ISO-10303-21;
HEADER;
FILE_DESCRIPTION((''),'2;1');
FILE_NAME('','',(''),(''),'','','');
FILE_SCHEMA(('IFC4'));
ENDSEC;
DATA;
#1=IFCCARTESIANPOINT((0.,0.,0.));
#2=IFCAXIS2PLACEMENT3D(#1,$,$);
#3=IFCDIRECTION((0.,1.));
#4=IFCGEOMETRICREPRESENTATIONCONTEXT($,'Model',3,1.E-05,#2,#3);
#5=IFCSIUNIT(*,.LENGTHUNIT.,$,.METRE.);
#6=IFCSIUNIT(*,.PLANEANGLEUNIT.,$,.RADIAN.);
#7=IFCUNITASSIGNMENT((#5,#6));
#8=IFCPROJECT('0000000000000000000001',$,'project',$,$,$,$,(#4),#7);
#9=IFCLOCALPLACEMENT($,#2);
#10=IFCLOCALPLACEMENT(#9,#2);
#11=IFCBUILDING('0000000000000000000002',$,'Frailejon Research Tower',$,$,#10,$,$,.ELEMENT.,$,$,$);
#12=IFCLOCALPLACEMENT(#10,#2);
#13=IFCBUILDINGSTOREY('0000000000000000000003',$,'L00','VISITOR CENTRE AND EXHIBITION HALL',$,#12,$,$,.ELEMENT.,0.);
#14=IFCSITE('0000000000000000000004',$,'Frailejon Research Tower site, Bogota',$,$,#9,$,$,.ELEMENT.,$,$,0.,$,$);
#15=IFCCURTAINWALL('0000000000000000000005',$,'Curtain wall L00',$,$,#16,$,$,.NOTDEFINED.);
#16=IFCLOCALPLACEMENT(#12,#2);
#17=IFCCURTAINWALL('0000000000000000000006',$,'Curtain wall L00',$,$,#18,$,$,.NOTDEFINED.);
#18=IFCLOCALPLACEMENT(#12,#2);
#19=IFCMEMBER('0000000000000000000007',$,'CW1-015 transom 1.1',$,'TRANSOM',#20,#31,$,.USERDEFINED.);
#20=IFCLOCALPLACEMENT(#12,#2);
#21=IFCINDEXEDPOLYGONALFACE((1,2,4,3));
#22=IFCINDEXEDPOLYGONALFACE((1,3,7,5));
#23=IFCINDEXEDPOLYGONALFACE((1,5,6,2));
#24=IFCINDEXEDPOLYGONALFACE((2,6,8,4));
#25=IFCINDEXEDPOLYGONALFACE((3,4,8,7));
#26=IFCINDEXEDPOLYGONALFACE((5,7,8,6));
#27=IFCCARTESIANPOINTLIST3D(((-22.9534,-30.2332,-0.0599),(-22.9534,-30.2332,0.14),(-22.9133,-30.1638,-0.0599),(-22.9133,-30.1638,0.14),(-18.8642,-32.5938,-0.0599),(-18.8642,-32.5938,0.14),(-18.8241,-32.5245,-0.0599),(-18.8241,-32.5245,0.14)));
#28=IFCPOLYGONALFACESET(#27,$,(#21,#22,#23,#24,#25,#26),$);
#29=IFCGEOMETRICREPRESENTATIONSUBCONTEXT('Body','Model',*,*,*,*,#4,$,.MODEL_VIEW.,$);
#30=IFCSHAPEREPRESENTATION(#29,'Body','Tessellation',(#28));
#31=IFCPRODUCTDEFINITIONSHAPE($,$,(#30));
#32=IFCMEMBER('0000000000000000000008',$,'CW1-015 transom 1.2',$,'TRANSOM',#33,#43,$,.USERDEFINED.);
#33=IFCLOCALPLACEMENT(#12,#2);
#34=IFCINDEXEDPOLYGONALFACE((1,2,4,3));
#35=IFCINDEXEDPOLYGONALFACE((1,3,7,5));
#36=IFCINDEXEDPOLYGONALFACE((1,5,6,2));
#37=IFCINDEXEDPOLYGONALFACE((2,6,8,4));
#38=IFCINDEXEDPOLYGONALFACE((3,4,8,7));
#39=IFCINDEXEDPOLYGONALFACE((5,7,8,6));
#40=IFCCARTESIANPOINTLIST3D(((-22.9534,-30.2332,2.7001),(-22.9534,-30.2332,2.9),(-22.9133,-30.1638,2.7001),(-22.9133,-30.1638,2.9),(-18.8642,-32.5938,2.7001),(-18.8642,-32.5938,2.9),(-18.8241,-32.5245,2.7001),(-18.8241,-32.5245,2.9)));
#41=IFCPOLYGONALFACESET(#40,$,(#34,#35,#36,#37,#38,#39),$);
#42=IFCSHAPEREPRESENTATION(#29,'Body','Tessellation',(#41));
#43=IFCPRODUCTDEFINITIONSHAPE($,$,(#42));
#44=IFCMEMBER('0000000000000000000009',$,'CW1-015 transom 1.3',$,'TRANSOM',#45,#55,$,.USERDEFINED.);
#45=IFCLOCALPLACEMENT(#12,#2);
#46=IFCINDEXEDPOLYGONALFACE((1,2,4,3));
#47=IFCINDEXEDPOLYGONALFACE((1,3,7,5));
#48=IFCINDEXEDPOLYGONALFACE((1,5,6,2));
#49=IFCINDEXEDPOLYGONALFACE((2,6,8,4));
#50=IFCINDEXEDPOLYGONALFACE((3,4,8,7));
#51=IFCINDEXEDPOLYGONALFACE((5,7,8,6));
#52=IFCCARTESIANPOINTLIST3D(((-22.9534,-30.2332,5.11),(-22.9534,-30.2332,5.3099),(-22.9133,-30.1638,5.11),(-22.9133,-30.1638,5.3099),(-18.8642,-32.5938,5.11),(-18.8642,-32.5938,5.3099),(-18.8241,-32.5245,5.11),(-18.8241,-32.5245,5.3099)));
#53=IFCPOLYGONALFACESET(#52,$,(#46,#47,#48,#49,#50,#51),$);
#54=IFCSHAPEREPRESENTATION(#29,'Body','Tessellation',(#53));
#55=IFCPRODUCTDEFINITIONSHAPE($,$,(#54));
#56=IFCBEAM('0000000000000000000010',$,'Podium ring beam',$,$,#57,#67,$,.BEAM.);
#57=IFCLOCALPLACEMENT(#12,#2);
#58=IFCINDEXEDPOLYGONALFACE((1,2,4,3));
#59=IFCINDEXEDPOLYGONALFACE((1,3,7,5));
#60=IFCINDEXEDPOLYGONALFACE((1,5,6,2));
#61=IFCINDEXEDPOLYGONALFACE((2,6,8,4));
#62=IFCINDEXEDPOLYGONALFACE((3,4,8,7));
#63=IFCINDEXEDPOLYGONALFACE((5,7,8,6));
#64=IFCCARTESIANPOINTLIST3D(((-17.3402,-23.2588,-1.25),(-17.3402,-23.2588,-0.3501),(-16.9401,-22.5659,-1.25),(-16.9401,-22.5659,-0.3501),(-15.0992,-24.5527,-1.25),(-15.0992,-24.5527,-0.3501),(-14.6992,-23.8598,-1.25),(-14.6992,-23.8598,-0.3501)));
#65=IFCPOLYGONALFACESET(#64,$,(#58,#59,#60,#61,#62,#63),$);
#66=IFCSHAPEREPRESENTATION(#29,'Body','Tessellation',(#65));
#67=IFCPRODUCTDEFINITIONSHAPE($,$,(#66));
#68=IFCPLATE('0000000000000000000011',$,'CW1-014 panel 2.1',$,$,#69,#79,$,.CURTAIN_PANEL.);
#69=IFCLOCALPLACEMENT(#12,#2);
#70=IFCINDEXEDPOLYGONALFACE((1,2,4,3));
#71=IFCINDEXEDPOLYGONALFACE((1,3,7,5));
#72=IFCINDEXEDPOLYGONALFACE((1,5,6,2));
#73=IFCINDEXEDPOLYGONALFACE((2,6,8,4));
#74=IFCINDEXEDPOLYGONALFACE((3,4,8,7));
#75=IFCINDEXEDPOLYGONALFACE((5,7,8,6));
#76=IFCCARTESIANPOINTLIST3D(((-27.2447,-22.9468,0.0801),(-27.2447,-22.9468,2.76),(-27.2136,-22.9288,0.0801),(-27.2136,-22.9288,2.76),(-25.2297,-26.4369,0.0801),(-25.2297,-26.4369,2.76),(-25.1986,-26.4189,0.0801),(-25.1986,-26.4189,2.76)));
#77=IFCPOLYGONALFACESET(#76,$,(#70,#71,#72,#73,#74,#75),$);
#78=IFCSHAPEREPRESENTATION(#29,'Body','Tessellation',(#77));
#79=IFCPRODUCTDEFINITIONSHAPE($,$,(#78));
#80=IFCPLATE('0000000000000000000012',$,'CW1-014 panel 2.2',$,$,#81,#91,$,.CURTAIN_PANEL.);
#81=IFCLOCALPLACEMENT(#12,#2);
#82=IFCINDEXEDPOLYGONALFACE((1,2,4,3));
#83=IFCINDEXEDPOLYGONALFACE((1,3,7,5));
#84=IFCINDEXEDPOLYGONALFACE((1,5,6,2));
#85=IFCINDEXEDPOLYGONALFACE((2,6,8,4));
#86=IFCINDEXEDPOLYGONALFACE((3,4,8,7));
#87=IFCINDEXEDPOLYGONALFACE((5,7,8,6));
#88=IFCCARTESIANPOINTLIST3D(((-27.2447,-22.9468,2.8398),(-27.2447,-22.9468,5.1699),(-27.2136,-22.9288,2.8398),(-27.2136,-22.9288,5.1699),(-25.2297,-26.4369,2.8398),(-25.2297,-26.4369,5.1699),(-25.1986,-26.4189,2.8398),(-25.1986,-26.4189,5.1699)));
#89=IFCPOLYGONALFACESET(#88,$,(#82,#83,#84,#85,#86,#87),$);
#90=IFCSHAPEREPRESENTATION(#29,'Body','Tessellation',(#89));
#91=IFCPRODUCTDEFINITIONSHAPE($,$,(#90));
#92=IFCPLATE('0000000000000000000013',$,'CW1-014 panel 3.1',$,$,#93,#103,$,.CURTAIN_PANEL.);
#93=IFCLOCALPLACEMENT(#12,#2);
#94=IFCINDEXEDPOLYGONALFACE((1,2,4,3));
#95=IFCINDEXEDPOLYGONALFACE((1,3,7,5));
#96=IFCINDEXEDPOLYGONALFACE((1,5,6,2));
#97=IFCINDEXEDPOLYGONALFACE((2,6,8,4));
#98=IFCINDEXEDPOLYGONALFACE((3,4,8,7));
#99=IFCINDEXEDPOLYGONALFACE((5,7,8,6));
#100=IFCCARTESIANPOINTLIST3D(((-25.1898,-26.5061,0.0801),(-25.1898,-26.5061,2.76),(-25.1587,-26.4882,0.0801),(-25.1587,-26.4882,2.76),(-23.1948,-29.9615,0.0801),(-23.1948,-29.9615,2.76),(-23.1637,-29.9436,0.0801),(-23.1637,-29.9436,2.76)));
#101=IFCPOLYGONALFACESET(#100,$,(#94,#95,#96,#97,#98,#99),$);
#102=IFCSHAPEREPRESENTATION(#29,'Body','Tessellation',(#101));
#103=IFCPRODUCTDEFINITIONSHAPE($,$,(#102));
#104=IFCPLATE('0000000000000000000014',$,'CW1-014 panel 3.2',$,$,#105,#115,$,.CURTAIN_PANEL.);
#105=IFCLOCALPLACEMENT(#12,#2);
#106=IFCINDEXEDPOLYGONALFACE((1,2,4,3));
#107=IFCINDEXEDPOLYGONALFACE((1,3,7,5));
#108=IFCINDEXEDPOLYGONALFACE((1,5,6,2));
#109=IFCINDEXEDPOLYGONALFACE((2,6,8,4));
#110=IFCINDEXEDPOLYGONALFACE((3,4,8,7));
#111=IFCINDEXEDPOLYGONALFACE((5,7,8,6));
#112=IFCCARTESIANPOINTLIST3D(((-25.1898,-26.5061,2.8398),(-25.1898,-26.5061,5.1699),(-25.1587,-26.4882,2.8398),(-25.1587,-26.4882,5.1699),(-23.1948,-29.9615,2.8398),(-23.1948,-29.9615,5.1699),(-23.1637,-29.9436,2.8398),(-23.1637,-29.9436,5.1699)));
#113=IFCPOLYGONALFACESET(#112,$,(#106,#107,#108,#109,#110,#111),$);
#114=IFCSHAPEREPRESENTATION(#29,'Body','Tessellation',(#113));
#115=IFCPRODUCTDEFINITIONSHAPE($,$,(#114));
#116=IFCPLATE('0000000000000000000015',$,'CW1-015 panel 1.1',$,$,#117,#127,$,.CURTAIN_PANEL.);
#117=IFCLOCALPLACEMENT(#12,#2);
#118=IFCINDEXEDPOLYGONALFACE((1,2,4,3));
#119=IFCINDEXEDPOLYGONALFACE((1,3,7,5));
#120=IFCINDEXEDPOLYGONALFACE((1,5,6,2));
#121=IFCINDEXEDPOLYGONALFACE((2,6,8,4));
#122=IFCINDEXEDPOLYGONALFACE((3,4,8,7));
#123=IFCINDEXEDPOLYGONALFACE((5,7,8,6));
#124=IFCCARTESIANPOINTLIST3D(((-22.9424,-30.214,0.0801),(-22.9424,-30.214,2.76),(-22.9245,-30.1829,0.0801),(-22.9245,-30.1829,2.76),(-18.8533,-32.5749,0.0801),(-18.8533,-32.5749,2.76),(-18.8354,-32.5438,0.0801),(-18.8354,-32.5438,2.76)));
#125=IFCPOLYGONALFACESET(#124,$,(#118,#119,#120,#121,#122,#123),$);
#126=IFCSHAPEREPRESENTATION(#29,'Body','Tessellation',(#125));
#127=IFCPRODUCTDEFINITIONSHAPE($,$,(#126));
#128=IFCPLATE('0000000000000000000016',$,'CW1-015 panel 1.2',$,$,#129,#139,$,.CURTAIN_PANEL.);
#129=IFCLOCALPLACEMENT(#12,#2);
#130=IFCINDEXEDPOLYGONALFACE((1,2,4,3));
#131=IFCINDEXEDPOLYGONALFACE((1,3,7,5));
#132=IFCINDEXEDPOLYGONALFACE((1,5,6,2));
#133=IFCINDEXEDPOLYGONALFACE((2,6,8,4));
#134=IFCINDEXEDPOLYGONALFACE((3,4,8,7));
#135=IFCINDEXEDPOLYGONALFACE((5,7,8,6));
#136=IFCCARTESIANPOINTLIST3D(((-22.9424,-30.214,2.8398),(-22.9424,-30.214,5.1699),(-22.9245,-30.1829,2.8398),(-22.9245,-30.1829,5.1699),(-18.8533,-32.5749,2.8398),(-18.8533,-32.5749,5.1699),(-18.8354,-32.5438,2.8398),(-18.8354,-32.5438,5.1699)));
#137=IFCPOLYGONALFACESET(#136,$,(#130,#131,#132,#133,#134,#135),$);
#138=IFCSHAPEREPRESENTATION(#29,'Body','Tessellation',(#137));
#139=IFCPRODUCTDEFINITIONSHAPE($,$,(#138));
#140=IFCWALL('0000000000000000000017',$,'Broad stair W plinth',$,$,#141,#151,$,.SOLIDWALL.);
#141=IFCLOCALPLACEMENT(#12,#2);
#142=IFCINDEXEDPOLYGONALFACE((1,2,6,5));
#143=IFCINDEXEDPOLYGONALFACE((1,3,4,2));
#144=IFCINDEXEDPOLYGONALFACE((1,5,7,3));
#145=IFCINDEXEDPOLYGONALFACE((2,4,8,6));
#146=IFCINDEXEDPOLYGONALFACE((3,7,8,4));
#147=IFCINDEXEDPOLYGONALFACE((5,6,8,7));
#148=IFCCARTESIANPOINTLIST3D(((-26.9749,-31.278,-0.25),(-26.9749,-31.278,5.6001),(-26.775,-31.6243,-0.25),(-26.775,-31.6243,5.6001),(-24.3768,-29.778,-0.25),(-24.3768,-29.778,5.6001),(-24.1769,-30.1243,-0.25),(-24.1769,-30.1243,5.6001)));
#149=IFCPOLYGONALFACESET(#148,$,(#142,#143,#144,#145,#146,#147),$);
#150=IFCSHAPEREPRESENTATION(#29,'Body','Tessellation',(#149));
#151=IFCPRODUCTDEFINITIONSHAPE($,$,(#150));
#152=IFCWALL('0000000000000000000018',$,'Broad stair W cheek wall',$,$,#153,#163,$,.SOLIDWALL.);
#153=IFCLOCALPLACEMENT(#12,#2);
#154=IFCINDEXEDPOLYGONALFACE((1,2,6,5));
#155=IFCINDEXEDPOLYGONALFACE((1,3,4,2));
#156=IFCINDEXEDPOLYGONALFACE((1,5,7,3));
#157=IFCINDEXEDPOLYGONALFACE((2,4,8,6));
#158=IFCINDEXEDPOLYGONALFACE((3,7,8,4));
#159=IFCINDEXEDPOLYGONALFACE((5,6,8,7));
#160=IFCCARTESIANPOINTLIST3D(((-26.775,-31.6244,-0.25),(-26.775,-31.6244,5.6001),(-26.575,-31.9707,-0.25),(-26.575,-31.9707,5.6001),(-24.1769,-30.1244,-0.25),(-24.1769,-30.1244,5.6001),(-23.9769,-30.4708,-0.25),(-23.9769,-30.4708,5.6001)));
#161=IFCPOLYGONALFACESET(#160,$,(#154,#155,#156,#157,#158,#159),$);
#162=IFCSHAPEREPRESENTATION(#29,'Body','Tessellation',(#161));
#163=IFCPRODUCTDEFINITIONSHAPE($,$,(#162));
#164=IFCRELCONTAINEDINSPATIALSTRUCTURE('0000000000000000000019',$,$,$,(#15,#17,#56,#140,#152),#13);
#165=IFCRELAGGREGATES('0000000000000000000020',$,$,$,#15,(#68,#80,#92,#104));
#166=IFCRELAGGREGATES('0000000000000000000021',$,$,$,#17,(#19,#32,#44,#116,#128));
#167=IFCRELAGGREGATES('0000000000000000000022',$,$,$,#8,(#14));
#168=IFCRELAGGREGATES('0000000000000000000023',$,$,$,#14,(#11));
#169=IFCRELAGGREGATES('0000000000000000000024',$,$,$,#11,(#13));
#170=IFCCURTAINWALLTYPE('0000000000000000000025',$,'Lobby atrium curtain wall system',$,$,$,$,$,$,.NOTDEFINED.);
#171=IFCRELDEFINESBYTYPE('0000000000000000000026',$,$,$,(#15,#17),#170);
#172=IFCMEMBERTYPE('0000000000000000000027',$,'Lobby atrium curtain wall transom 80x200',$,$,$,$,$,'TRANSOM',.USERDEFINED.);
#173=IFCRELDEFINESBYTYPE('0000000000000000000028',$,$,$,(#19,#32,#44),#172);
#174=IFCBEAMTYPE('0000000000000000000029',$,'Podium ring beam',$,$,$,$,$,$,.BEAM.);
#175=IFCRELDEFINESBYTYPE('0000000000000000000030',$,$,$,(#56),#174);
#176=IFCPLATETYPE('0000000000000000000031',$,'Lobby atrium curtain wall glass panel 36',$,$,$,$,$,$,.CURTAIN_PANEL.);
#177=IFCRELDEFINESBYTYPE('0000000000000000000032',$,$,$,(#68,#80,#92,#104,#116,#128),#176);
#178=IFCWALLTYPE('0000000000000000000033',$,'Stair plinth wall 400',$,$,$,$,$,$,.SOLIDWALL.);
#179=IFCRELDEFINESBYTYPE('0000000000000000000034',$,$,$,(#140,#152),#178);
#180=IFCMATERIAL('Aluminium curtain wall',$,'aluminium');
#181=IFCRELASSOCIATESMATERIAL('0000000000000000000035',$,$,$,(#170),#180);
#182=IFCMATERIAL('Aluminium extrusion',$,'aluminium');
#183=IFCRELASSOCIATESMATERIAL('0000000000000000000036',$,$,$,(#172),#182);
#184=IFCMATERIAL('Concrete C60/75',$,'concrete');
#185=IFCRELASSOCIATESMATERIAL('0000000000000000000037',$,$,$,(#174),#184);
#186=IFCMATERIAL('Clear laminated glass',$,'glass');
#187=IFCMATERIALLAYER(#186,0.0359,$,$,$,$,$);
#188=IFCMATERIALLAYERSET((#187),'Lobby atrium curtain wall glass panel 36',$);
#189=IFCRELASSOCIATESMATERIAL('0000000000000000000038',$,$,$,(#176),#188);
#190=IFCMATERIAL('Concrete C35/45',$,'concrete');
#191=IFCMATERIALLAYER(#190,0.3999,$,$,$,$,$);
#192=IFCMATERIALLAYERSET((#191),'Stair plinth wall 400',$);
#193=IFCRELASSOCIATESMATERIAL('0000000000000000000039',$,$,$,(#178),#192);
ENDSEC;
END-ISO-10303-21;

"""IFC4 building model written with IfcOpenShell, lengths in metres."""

from ifc_helpers import new_model, si_unit, direction, frame, frame_2d, origin, origin_2d, place, context, subcontext, project, spatial, rectangle, extrude, material, layer, layer_set, material_profile, profile_set, type_object, element, aggregate, save


model = new_model("IFC4")

# Units and contexts
model_context = context("Model", 3, precision=1e-05, world=origin(), true_north=direction((0.0, 1.0)))
body_context = subcontext(model_context, "Body", "Model", "MODEL_VIEW")
ifc_project = project(units=[si_unit("LENGTHUNIT", "METRE"), si_unit("PLANEANGLEUNIT", "RADIAN")], contexts=[model_context])

# Site, building, storey
site_placement = place(None, origin())
site = spatial("IfcSite", under=ifc_project, at=site_placement, Name="Frailejon Research Tower site, Bogota", CompositionType="ELEMENT", RefElevation=0.0)
building_placement = place(site_placement, origin())
building = spatial("IfcBuilding", under=site, at=building_placement, Name="Frailejon Research Tower", CompositionType="ELEMENT")
storey_placement = place(building_placement, origin())
storey = spatial("IfcBuildingStorey", under=building, at=storey_placement, Name="L00", Description="VISITOR CENTRE AND EXHIBITION HALL", CompositionType="ELEMENT", Elevation=0.0)

# Curtain wall
ifc_material_1 = material(Name="Aluminium curtain wall", Category="aluminium")
curtain_wall_type = type_object("IfcCurtainWallType", Name="Lobby atrium curtain wall system", PredefinedType="NOTDEFINED", material=ifc_material_1)
curtain_wall_1_placement = place(storey_placement, origin())
curtain_wall_1 = element("IfcCurtainWall", 1, at=curtain_wall_1_placement, inside=storey, type_object=curtain_wall_type, Name="Curtain wall L00", PredefinedType="NOTDEFINED")

# Curtain wall
curtain_wall_2_placement = place(storey_placement, origin())
curtain_wall_2 = element("IfcCurtainWall", 2, at=curtain_wall_2_placement, inside=storey, type_object=curtain_wall_type, Name="Curtain wall L00", PredefinedType="NOTDEFINED")

# Members
ifc_material_2 = material(Name="Aluminium extrusion", Category="aluminium")
ifc_material_profile_1 = material_profile(ifc_material_2, rectangle(XDim=0.0801, YDim=0.2, at=origin_2d()), Name="Lobby atrium curtain wall transom 80x200")
ifc_profile_set_1 = profile_set([ifc_material_profile_1], Name="Aluminium extrusion")
member_type_1 = type_object("IfcMemberType", Name="Lobby atrium curtain wall transom 80x200", ElementType="TRANSOM", PredefinedType="USERDEFINED", material=ifc_profile_set_1)
member_1_placement = place(storey_placement, frame((-22.9333, -30.1985, 0.04), z_axis=(0.866049, -0.49996, 0.0), x_axis=(0.49996, 0.866049, 0.0)))
member_1 = element("IfcMember", 3, at=member_1_placement, type_object=member_type_1, Name="CW1-015 transom 1.1", ObjectType="TRANSOM", PredefinedType="USERDEFINED", context=body_context, shape_type="SweptSolid", body=[
    extrude(rectangle(XDim=0.0801, YDim=0.2, at=origin_2d()), origin(), (0.0, 0.0, 1.0), 4.7217),
])
member_2_placement = place(storey_placement, frame((-22.9333, -30.1985, 2.8), z_axis=(0.866049, -0.49996, 0.0), x_axis=(0.49996, 0.866049, 0.0)))
member_2 = element("IfcMember", 4, at=member_2_placement, type_object=member_type_1, Name="CW1-015 transom 1.2", ObjectType="TRANSOM", PredefinedType="USERDEFINED", context=body_context, shape_type="SweptSolid", body=[
    extrude(rectangle(XDim=0.0801, YDim=0.2, at=origin_2d()), origin(), (0.0, 0.0, 1.0), 4.7217),
])
member_3_placement = place(storey_placement, frame((-22.9333, -30.1985, 5.21), z_axis=(0.866049, -0.49996, 0.0), x_axis=(0.49996, 0.866049, 0.0)))
member_3 = element("IfcMember", 5, at=member_3_placement, type_object=member_type_1, Name="CW1-015 transom 1.3", ObjectType="TRANSOM", PredefinedType="USERDEFINED", context=body_context, shape_type="SweptSolid", body=[
    extrude(rectangle(XDim=0.0801, YDim=0.2, at=origin_2d()), origin(), (0.0, 0.0, 1.0), 4.7217),
])

# Beam
ifc_material_3 = material(Name="Concrete C60/75", Category="concrete")
ifc_material_profile_2 = material_profile(ifc_material_3, rectangle(XDim=0.8, YDim=0.8999, at=origin_2d()), Name="Podium ring beam")
ifc_profile_set_2 = profile_set([ifc_material_profile_2], Name="Concrete C60/75")
beam_type = type_object("IfcBeamType", Name="Podium ring beam", PredefinedType="BEAM", material=ifc_profile_set_2)
beam_placement = place(storey_placement, frame((-17.1401, -22.9124, -0.8), z_axis=(0.866005, -0.500036, 0.0), x_axis=(0.500036, 0.866005, 0.0)))
element("IfcBeam", 6, at=beam_placement, inside=storey, type_object=beam_type, Name="Podium ring beam", PredefinedType="BEAM", context=body_context, shape_type="SweptSolid", body=[
    extrude(rectangle(XDim=0.8, YDim=0.8999, at=origin_2d()), origin(), (0.0, 0.0, 1.0), 2.5876),
])

# Plates
ifc_material_4 = material(Name="Clear laminated glass", Category="glass")
ifc_layer_1 = layer(ifc_material_4, 0.0359)
ifc_layer_set_1 = layer_set([ifc_layer_1], Name="Lobby atrium curtain wall glass panel 36")
plate_type = type_object("IfcPlateType", Name="Lobby atrium curtain wall glass panel 36", PredefinedType="CURTAIN_PANEL", material=ifc_layer_set_1)
plate_1_placement = place(storey_placement, frame((-26.2217, -24.6829, 0.0801), z_axis=(0.0, 0.0, 1.0), x_axis=(0.5, -0.866026, 0.0)))
plate_1 = element("IfcPlate", 7, at=plate_1_placement, type_object=plate_type, Name="CW1-014 panel 2.1", PredefinedType="CURTAIN_PANEL", context=body_context, shape_type="SweptSolid", body=[
    extrude(rectangle(XDim=4.03, YDim=0.0359, at=origin_2d()), origin(), (0.0, 0.0, 1.0), 2.6799),
])
plate_2_placement = place(storey_placement, frame((-26.2217, -24.6829, 2.8398), z_axis=(0.0, 0.0, 1.0), x_axis=(0.5, -0.866026, 0.0)))
plate_2 = element("IfcPlate", 8, at=plate_2_placement, type_object=plate_type, Name="CW1-014 panel 2.2", PredefinedType="CURTAIN_PANEL", context=body_context, shape_type="SweptSolid", body=[
    extrude(rectangle(XDim=4.03, YDim=0.0359, at=origin_2d()), origin(), (0.0, 0.0, 1.0), 2.3301),
])
plate_3_placement = place(storey_placement, frame((-24.1768, -28.2249, 0.0801), z_axis=(0.0, 0.0, 1.0), x_axis=(0.5, -0.866026, 0.0)))
plate_3 = element("IfcPlate", 9, at=plate_3_placement, type_object=plate_type, Name="CW1-014 panel 3.1", PredefinedType="CURTAIN_PANEL", context=body_context, shape_type="SweptSolid", body=[
    extrude(rectangle(XDim=3.99, YDim=0.0359, at=origin_2d()), origin(), (0.0, 0.0, 1.0), 2.6799),
])
plate_4_placement = place(storey_placement, frame((-24.1768, -28.2249, 2.8398), z_axis=(0.0, 0.0, 1.0), x_axis=(0.5, -0.866026, 0.0)))
plate_4 = element("IfcPlate", 10, at=plate_4_placement, type_object=plate_type, Name="CW1-014 panel 3.2", PredefinedType="CURTAIN_PANEL", context=body_context, shape_type="SweptSolid", body=[
    extrude(rectangle(XDim=3.99, YDim=0.0359, at=origin_2d()), origin(), (0.0, 0.0, 1.0), 2.3301),
])
aggregate(curtain_wall_1, [plate_1, plate_2, plate_3, plate_4])
plate_5_placement = place(storey_placement, frame((-20.8889, -31.3789, 0.0801), z_axis=(0.0, 0.0, 1.0), x_axis=(0.866025, -0.5, 0.0)))
plate_5 = element("IfcPlate", 11, at=plate_5_placement, type_object=plate_type, Name="CW1-015 panel 1.1", PredefinedType="CURTAIN_PANEL", context=body_context, shape_type="SweptSolid", body=[
    extrude(rectangle(XDim=4.7217, YDim=0.0359, at=origin_2d()), origin(), (0.0, 0.0, 1.0), 2.6799),
])
plate_6_placement = place(storey_placement, frame((-20.8889, -31.3789, 2.8398), z_axis=(0.0, 0.0, 1.0), x_axis=(0.866025, -0.5, 0.0)))
plate_6 = element("IfcPlate", 12, at=plate_6_placement, type_object=plate_type, Name="CW1-015 panel 1.2", PredefinedType="CURTAIN_PANEL", context=body_context, shape_type="SweptSolid", body=[
    extrude(rectangle(XDim=4.7217, YDim=0.0359, at=origin_2d()), origin(), (0.0, 0.0, 1.0), 2.3301),
])
aggregate(curtain_wall_2, [member_1, member_2, member_3, plate_5, plate_6])

# Walls
ifc_material_5 = material(Name="Concrete C35/45", Category="concrete")
ifc_layer_2 = layer(ifc_material_5, 0.3999)
ifc_layer_set_2 = layer_set([ifc_layer_2], Name="Stair plinth wall 400")
wall_type = type_object("IfcWallType", Name="Stair plinth wall 400", PredefinedType="SOLIDWALL", material=ifc_layer_set_2)
for number, where, z_axis, x_axis, name in (
    (13, (-24.2769, -29.9512, -0.25), (0.0, 0.0, 1.0), (-0.866031, -0.49999, 0.0), "Broad stair W plinth"),
    (14, (-24.0769, -30.2976, -0.25), (0.0, 0.0, 1.0), (-0.866031, -0.49999, 0.0), "Broad stair W cheek wall"),
):
    element("IfcWall", number, at=place(storey_placement, frame(where, z_axis=z_axis, x_axis=x_axis)), inside=storey, type_object=wall_type, Name=name, PredefinedType="SOLIDWALL", context=body_context, shape_type="SweptSolid", body=[
        extrude(rectangle(XDim=3.0, YDim=0.3999, at=frame_2d((1.5, 0.0))), origin(), (0.0, 0.0, 1.0), 5.8501),
    ])

save(model, "model.ifc")
